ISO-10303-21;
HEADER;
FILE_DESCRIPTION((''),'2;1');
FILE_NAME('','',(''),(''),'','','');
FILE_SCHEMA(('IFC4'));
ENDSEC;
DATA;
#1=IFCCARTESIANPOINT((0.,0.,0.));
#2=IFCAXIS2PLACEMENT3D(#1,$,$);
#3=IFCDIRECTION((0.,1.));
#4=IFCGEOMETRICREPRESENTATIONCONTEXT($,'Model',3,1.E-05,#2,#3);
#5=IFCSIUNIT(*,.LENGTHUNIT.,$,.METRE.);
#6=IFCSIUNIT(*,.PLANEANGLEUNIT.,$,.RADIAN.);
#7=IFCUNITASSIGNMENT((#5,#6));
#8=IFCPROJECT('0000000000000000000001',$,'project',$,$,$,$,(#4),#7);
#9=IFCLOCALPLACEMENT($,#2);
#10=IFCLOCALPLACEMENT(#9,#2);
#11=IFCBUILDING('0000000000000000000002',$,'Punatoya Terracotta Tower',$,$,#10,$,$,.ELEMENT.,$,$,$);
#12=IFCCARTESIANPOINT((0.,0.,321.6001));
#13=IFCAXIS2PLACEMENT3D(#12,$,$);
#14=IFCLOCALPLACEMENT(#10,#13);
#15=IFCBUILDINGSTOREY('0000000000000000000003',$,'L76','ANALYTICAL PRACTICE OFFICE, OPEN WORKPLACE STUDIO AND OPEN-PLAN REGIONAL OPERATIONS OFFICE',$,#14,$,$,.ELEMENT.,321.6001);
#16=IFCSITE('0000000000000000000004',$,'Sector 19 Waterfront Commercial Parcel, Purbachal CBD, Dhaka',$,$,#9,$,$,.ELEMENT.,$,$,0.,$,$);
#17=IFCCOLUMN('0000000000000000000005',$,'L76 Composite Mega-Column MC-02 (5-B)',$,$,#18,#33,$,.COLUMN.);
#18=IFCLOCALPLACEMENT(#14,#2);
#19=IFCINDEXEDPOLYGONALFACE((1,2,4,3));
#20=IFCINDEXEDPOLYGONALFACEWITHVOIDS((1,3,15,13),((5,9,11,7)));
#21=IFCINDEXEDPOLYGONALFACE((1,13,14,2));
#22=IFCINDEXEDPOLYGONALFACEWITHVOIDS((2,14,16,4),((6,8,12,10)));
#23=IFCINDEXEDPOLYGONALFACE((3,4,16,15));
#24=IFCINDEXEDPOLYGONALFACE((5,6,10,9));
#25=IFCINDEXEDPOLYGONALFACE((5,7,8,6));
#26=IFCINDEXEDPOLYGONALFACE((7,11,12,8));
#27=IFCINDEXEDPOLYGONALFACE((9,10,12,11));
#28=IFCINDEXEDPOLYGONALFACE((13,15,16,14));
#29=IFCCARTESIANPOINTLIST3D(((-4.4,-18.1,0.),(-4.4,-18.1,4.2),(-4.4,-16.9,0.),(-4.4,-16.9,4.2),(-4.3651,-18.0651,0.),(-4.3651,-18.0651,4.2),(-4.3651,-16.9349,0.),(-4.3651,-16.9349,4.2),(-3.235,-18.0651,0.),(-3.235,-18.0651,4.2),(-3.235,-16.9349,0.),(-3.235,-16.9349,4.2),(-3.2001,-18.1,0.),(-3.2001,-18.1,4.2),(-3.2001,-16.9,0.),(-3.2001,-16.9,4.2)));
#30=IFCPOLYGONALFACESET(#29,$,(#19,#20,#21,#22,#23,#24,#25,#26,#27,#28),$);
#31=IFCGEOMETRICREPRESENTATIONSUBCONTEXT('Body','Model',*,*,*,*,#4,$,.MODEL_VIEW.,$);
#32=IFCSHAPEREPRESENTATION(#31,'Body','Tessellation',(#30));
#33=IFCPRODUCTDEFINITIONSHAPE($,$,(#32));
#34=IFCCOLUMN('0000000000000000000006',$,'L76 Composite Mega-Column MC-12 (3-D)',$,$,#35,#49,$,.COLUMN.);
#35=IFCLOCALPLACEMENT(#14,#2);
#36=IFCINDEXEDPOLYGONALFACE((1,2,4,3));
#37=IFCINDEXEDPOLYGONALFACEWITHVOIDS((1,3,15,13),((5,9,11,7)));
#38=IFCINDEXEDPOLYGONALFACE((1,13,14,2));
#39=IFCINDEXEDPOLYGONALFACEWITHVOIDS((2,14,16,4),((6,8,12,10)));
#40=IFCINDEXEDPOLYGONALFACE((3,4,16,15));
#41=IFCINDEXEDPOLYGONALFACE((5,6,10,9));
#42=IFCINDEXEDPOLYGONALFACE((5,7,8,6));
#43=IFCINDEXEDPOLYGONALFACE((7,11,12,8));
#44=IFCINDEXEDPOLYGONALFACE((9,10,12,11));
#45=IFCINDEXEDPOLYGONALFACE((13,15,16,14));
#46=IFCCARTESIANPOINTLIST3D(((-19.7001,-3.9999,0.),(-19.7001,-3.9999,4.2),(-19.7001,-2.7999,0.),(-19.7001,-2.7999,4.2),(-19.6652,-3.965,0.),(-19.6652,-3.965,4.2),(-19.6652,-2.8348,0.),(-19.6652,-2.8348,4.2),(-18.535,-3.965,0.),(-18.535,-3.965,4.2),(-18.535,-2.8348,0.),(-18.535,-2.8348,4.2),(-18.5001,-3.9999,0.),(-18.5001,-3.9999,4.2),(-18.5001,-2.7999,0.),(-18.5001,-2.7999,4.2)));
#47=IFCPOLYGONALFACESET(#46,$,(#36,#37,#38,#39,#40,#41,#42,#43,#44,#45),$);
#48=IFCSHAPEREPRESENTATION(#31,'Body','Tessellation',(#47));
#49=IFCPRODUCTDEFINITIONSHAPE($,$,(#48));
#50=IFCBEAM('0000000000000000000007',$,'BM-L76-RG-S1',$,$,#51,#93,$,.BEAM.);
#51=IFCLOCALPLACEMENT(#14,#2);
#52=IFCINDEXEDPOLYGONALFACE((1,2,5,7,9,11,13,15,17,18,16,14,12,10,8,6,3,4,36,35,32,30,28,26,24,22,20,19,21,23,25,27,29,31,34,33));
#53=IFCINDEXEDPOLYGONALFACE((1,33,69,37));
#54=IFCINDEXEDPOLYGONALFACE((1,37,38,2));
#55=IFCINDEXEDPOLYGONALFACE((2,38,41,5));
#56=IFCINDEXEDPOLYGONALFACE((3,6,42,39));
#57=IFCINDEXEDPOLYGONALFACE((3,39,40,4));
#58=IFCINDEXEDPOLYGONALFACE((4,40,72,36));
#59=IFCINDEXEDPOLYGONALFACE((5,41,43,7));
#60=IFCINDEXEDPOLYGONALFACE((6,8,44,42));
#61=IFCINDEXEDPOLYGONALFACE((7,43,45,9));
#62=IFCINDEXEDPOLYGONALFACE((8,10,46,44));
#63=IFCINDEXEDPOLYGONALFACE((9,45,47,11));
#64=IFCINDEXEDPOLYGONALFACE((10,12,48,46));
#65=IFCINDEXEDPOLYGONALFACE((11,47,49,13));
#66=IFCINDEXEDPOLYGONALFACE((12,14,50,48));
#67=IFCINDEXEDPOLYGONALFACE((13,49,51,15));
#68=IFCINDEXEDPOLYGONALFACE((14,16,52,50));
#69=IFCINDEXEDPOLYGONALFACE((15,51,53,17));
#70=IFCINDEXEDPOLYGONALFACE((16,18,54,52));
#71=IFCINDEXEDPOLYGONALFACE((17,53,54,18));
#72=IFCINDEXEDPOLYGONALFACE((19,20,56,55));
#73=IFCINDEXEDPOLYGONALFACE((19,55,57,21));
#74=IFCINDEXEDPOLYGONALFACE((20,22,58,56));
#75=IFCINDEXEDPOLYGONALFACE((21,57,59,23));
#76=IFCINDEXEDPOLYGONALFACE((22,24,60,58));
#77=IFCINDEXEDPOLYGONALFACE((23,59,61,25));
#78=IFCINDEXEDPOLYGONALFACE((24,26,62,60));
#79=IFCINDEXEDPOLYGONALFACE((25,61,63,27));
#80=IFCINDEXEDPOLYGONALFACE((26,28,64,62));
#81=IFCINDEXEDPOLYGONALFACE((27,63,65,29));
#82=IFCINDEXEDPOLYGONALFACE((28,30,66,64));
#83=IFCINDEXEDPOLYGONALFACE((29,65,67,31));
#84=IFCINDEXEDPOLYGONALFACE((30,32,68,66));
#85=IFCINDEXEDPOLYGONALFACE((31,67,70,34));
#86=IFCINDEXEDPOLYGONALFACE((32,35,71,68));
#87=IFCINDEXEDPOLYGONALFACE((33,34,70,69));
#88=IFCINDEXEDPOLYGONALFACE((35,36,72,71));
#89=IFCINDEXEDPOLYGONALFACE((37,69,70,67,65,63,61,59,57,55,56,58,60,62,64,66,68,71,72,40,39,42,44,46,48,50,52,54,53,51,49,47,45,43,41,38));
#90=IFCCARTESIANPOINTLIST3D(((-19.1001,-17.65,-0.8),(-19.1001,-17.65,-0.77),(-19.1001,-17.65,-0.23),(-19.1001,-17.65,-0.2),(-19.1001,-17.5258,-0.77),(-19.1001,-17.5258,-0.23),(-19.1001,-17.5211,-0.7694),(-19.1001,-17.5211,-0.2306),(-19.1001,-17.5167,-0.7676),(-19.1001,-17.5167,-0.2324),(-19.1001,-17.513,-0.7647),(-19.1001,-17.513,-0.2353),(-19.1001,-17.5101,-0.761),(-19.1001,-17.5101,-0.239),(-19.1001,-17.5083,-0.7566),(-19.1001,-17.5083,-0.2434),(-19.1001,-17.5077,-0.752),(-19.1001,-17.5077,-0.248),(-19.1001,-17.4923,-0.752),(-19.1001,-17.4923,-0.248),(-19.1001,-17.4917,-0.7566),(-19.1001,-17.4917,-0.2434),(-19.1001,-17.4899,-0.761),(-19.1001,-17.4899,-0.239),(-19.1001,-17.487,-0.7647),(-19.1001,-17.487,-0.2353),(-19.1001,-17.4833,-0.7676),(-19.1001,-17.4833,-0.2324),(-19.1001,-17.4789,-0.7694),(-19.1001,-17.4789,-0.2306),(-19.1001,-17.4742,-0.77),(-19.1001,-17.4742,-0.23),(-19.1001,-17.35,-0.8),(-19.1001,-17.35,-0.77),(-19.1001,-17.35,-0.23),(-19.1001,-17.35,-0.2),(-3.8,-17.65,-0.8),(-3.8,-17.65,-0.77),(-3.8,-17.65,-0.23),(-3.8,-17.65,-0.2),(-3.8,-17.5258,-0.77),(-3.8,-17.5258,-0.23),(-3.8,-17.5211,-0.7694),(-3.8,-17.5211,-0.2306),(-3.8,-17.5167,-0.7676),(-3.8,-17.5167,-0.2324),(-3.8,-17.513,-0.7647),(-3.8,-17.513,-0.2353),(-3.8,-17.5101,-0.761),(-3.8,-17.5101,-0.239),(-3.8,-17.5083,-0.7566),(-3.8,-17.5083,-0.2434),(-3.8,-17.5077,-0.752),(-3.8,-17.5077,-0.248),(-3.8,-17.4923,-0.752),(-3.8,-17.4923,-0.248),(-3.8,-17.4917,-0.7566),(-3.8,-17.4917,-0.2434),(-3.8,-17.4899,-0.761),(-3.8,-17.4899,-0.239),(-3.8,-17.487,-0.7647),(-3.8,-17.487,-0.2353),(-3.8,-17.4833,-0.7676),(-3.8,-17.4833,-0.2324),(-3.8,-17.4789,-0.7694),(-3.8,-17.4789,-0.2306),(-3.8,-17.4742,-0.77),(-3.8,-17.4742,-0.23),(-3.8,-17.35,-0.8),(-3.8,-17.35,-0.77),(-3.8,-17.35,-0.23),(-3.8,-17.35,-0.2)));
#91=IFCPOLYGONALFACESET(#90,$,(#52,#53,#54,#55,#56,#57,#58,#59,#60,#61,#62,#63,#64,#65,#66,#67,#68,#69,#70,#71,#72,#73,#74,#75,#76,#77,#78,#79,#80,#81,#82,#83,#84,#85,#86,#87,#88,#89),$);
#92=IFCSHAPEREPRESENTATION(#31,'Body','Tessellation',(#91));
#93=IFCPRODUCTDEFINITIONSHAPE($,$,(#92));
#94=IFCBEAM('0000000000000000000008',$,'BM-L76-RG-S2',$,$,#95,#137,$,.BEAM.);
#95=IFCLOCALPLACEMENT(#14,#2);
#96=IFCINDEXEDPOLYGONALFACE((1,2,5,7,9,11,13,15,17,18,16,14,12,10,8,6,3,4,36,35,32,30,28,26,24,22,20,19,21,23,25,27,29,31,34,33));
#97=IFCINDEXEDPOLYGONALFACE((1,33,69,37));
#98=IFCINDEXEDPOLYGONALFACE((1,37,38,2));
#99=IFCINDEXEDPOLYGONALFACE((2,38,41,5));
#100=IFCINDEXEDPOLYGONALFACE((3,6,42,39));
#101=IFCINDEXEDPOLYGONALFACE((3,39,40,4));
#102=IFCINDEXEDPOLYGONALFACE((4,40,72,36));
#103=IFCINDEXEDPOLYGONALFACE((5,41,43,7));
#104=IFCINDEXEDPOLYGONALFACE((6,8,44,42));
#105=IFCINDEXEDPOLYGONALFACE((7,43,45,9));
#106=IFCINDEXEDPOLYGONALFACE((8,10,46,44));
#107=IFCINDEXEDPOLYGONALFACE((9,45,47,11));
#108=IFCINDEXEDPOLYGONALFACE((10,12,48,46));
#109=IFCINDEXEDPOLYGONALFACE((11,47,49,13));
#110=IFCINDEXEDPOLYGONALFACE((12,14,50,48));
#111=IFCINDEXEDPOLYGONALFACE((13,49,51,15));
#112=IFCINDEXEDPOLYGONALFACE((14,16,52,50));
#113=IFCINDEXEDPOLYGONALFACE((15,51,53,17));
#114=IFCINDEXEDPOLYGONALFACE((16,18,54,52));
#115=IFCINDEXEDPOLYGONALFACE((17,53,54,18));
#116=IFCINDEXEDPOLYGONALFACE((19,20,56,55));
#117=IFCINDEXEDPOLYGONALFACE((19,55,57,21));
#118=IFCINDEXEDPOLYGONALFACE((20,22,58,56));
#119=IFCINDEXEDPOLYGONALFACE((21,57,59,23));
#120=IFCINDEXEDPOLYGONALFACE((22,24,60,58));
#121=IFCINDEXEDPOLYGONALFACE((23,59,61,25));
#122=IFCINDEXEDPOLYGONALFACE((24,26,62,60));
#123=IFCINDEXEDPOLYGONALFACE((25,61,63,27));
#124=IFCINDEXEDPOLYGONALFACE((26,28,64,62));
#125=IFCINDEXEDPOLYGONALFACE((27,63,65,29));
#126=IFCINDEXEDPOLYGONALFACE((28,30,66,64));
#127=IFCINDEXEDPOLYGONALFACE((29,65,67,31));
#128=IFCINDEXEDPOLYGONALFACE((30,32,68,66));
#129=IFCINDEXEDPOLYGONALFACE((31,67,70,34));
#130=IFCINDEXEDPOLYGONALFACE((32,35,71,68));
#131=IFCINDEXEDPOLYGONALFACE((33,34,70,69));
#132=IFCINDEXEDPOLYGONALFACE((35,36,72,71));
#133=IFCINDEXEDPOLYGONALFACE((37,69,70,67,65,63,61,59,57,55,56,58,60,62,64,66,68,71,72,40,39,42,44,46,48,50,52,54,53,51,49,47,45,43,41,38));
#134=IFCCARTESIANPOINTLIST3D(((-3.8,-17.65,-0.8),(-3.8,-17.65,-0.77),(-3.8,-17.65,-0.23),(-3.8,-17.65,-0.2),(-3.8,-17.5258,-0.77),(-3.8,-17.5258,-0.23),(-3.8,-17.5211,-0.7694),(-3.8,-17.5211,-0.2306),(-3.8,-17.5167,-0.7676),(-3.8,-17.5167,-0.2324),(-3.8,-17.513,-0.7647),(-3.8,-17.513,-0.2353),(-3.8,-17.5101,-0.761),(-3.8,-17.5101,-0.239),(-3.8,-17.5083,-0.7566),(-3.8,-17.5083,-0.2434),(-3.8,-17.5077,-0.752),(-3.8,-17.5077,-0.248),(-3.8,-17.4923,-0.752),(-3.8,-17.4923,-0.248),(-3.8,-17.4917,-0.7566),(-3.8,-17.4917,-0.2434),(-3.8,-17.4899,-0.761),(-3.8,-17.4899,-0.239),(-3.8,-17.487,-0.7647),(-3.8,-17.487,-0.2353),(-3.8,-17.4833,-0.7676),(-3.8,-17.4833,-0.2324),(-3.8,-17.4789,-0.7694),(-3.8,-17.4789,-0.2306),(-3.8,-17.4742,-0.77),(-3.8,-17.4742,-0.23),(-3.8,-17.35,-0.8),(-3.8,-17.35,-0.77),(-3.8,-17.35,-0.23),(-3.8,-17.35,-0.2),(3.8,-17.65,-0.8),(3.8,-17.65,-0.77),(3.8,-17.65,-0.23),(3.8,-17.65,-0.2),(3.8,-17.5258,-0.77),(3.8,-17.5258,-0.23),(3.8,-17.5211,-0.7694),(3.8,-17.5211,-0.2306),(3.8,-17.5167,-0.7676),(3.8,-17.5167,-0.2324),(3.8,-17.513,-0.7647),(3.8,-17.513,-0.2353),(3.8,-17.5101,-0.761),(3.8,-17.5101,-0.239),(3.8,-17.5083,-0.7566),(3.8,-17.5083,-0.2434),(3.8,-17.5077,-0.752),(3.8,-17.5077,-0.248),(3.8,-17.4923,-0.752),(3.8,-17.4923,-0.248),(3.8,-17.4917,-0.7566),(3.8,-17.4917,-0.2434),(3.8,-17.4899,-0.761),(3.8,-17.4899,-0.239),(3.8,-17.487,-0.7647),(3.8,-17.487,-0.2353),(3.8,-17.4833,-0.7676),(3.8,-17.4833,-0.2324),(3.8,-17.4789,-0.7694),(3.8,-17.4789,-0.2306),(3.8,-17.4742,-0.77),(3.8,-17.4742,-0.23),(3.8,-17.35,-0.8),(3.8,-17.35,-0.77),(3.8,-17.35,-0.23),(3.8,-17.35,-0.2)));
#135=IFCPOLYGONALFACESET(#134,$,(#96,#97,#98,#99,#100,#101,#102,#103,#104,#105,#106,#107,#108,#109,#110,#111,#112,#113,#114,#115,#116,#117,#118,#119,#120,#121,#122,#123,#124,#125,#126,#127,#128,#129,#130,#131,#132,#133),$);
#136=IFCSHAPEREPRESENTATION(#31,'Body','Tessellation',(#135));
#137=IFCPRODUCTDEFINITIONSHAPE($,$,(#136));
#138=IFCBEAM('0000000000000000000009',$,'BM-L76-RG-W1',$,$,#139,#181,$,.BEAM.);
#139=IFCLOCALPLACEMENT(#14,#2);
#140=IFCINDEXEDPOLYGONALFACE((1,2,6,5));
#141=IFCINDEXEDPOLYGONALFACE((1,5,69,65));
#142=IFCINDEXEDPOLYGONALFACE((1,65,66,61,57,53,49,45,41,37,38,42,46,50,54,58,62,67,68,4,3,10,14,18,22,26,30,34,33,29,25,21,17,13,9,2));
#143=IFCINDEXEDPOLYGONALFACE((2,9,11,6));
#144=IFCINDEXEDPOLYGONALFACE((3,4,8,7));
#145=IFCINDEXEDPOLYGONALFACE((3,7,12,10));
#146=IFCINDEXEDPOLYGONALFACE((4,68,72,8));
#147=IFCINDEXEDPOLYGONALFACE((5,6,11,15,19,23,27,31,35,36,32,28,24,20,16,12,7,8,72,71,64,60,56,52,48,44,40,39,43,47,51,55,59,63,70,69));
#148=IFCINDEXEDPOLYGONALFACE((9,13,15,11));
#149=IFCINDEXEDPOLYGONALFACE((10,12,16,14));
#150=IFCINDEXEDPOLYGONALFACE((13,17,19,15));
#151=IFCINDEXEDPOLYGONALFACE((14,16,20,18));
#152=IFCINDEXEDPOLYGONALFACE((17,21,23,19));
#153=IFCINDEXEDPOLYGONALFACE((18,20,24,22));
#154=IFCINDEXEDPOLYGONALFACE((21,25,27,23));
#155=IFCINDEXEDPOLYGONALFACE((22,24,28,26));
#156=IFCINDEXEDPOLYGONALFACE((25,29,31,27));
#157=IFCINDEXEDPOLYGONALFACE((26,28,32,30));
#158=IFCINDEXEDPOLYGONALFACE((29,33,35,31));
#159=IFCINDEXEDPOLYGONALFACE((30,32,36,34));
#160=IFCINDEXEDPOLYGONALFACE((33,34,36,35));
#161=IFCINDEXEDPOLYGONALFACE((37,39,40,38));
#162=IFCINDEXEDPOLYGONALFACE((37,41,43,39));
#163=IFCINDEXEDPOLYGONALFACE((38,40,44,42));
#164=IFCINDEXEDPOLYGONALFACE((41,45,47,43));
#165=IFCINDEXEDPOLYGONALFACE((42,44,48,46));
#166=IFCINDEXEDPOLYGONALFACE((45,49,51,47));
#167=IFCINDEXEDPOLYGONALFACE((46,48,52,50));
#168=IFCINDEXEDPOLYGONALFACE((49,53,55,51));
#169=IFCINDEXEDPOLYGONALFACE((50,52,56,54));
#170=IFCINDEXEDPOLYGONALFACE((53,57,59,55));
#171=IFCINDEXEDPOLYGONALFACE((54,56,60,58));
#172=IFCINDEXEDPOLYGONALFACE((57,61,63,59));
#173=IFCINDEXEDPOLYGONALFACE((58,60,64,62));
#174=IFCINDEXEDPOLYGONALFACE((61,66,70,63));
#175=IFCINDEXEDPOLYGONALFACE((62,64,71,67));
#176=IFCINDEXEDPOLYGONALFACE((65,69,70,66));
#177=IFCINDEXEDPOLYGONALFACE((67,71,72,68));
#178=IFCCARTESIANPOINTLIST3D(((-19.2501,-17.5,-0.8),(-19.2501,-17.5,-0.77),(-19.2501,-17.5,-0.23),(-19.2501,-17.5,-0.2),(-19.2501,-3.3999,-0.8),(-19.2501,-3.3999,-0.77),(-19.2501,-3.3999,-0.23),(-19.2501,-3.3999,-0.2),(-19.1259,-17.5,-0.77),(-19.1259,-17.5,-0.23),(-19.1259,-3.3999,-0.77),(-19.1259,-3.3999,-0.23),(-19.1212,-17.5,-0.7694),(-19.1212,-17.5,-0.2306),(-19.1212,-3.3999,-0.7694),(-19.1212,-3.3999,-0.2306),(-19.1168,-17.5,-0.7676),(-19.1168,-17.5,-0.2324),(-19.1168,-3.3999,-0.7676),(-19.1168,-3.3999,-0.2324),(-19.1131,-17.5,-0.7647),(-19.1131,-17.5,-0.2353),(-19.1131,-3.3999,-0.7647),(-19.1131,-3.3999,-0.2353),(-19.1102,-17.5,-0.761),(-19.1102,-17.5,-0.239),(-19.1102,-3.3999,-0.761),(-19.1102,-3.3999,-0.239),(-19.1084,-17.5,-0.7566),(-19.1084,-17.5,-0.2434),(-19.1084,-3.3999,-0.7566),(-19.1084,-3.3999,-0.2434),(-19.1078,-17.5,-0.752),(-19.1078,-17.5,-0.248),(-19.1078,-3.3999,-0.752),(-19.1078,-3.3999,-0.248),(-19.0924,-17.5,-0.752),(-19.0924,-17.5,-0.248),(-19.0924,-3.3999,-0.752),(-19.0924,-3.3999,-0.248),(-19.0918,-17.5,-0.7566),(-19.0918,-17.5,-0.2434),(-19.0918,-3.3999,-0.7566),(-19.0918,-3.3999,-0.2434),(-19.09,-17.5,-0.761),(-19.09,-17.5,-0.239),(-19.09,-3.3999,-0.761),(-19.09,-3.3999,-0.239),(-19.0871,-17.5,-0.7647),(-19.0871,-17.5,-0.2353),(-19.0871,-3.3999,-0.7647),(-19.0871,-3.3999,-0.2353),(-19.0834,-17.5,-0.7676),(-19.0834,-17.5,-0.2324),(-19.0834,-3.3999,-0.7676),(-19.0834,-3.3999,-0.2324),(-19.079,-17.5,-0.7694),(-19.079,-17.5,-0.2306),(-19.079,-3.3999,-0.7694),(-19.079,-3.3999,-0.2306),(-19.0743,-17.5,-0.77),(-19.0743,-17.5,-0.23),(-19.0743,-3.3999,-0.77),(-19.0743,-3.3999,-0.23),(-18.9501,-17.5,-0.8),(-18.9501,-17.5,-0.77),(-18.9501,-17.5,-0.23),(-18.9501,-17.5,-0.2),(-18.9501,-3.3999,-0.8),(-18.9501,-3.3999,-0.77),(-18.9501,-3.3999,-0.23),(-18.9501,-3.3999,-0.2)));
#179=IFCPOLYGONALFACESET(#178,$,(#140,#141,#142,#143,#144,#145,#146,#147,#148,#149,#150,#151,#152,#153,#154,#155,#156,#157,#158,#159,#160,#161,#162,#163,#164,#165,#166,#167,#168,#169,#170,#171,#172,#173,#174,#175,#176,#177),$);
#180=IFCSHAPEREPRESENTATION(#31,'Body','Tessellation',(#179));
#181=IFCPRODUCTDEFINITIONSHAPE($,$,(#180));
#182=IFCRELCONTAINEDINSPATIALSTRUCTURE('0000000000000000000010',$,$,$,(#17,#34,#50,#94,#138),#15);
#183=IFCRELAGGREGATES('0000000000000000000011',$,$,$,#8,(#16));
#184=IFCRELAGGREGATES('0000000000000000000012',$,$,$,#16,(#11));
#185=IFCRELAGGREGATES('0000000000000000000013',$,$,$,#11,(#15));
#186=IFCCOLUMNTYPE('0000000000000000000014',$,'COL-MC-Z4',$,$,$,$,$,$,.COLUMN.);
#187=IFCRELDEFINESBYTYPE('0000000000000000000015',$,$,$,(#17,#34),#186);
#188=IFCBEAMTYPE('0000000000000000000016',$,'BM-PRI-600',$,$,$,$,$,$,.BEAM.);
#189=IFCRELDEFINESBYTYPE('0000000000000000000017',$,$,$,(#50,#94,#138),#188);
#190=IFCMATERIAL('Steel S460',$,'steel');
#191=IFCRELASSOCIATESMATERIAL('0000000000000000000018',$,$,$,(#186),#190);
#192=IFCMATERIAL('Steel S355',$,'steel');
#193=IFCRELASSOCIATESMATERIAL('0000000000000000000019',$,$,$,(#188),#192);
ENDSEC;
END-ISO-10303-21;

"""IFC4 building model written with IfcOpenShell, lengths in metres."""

from ifc_helpers import new_model, si_unit, direction, frame, origin, origin_2d, place, context, subcontext, project, spatial, hollow_rectangle, i_section, extrude, material, material_profile, profile_set, type_object, element, save


model = new_model("IFC4")

# Units and contexts
model_context = context("Model", 3, precision=1e-05, world=origin(), true_north=direction((0.0, 1.0)))
body_context = subcontext(model_context, "Body", "Model", "MODEL_VIEW")
ifc_project = project(units=[si_unit("LENGTHUNIT", "METRE"), si_unit("PLANEANGLEUNIT", "RADIAN")], contexts=[model_context])

# Site, building, storey
site_placement = place(None, origin())
site = spatial("IfcSite", under=ifc_project, at=site_placement, Name="Sector 19 Waterfront Commercial Parcel, Purbachal CBD, Dhaka", CompositionType="ELEMENT", RefElevation=0.0)
building_placement = place(site_placement, origin())
building = spatial("IfcBuilding", under=site, at=building_placement, Name="Punatoya Terracotta Tower", CompositionType="ELEMENT")
storey_placement = place(building_placement, frame((0.0, 0.0, 321.6001)))
storey = spatial("IfcBuildingStorey", under=building, at=storey_placement, Name="L76", Description="ANALYTICAL PRACTICE OFFICE, OPEN WORKPLACE STUDIO AND OPEN-PLAN REGIONAL OPERATIONS OFFICE", CompositionType="ELEMENT", Elevation=321.6001)

# Columns
ifc_material_1 = material(Name="Steel S460", Category="steel")
ifc_material_profile_1 = material_profile(ifc_material_1, hollow_rectangle(XDim=1.2, YDim=1.2, WallThickness=0.0349, at=origin_2d()))
ifc_profile_set_1 = profile_set([ifc_material_profile_1], Name="Steel S460")
column_type = type_object("IfcColumnType", Name="COL-MC-Z4", PredefinedType="COLUMN", material=ifc_profile_set_1)
for number, where, z_axis, x_axis, name in (
    (1, (-3.8, -17.5, 0.0), (0.0, 0.0, 1.0), (1.0, 0.0, 0.0), "L76 Composite Mega-Column MC-02 (5-B)"),
    (2, (-19.1001, -3.3999, 0.0), (0.0, 0.0, 1.0), (1.0, 0.0, 0.0), "L76 Composite Mega-Column MC-12 (3-D)"),
):
    element("IfcColumn", number, at=place(storey_placement, frame(where, z_axis=z_axis, x_axis=x_axis)), inside=storey, type_object=column_type, Name=name, PredefinedType="COLUMN", context=body_context, shape_type="SweptSolid", body=[
        extrude(hollow_rectangle(XDim=1.2, YDim=1.2, WallThickness=0.0349, at=origin_2d()), origin(), (0.0, 0.0, 1.0), 4.2),
    ])

# Beams
ifc_material_2 = material(Name="Steel S355", Category="steel")
ifc_material_profile_2 = material_profile(ifc_material_2, i_section(OverallWidth=0.3, OverallDepth=0.6001, WebThickness=0.0154, FlangeThickness=0.03, FilletRadius=0.0181, at=origin_2d()))
ifc_profile_set_2 = profile_set([ifc_material_profile_2], Name="Steel S355")
beam_type_1 = type_object("IfcBeamType", Name="BM-PRI-600", PredefinedType="BEAM", material=ifc_profile_set_2)
beam_1_placement = place(storey_placement, frame((-19.1001, -17.5, -0.5), z_axis=(1.0, 0.0, 0.0), x_axis=(0.0, 1.0, 0.0)))
element("IfcBeam", 3, at=beam_1_placement, inside=storey, type_object=beam_type_1, Name="BM-L76-RG-S1", PredefinedType="BEAM", context=body_context, shape_type="SweptSolid", body=[
    extrude(i_section(OverallWidth=0.3, OverallDepth=0.6001, WebThickness=0.0154, FlangeThickness=0.03, FilletRadius=0.0181, at=origin_2d()), origin(), (0.0, 0.0, 1.0), 15.3),
])
beam_2_placement = place(storey_placement, frame((-3.8, -17.5, -0.5), z_axis=(1.0, 0.0, 0.0), x_axis=(0.0, 1.0, 0.0)))
element("IfcBeam", 4, at=beam_2_placement, inside=storey, type_object=beam_type_1, Name="BM-L76-RG-S2", PredefinedType="BEAM", context=body_context, shape_type="SweptSolid", body=[
    extrude(i_section(OverallWidth=0.3, OverallDepth=0.6001, WebThickness=0.0154, FlangeThickness=0.03, FilletRadius=0.0181, at=origin_2d()), origin(), (0.0, 0.0, 1.0), 7.6001),
])
beam_3_placement = place(storey_placement, frame((-19.1001, -17.5, -0.5), z_axis=(0.0, 1.0, 0.0), x_axis=(-1.0, 0.0, 0.0)))
element("IfcBeam", 5, at=beam_3_placement, inside=storey, type_object=beam_type_1, Name="BM-L76-RG-W1", PredefinedType="BEAM", context=body_context, shape_type="SweptSolid", body=[
    extrude(i_section(OverallWidth=0.3, OverallDepth=0.6001, WebThickness=0.0154, FlangeThickness=0.03, FilletRadius=0.0181, at=origin_2d()), origin(), (0.0, 0.0, 1.0), 14.1001),
])

save(model, "model.ifc")
